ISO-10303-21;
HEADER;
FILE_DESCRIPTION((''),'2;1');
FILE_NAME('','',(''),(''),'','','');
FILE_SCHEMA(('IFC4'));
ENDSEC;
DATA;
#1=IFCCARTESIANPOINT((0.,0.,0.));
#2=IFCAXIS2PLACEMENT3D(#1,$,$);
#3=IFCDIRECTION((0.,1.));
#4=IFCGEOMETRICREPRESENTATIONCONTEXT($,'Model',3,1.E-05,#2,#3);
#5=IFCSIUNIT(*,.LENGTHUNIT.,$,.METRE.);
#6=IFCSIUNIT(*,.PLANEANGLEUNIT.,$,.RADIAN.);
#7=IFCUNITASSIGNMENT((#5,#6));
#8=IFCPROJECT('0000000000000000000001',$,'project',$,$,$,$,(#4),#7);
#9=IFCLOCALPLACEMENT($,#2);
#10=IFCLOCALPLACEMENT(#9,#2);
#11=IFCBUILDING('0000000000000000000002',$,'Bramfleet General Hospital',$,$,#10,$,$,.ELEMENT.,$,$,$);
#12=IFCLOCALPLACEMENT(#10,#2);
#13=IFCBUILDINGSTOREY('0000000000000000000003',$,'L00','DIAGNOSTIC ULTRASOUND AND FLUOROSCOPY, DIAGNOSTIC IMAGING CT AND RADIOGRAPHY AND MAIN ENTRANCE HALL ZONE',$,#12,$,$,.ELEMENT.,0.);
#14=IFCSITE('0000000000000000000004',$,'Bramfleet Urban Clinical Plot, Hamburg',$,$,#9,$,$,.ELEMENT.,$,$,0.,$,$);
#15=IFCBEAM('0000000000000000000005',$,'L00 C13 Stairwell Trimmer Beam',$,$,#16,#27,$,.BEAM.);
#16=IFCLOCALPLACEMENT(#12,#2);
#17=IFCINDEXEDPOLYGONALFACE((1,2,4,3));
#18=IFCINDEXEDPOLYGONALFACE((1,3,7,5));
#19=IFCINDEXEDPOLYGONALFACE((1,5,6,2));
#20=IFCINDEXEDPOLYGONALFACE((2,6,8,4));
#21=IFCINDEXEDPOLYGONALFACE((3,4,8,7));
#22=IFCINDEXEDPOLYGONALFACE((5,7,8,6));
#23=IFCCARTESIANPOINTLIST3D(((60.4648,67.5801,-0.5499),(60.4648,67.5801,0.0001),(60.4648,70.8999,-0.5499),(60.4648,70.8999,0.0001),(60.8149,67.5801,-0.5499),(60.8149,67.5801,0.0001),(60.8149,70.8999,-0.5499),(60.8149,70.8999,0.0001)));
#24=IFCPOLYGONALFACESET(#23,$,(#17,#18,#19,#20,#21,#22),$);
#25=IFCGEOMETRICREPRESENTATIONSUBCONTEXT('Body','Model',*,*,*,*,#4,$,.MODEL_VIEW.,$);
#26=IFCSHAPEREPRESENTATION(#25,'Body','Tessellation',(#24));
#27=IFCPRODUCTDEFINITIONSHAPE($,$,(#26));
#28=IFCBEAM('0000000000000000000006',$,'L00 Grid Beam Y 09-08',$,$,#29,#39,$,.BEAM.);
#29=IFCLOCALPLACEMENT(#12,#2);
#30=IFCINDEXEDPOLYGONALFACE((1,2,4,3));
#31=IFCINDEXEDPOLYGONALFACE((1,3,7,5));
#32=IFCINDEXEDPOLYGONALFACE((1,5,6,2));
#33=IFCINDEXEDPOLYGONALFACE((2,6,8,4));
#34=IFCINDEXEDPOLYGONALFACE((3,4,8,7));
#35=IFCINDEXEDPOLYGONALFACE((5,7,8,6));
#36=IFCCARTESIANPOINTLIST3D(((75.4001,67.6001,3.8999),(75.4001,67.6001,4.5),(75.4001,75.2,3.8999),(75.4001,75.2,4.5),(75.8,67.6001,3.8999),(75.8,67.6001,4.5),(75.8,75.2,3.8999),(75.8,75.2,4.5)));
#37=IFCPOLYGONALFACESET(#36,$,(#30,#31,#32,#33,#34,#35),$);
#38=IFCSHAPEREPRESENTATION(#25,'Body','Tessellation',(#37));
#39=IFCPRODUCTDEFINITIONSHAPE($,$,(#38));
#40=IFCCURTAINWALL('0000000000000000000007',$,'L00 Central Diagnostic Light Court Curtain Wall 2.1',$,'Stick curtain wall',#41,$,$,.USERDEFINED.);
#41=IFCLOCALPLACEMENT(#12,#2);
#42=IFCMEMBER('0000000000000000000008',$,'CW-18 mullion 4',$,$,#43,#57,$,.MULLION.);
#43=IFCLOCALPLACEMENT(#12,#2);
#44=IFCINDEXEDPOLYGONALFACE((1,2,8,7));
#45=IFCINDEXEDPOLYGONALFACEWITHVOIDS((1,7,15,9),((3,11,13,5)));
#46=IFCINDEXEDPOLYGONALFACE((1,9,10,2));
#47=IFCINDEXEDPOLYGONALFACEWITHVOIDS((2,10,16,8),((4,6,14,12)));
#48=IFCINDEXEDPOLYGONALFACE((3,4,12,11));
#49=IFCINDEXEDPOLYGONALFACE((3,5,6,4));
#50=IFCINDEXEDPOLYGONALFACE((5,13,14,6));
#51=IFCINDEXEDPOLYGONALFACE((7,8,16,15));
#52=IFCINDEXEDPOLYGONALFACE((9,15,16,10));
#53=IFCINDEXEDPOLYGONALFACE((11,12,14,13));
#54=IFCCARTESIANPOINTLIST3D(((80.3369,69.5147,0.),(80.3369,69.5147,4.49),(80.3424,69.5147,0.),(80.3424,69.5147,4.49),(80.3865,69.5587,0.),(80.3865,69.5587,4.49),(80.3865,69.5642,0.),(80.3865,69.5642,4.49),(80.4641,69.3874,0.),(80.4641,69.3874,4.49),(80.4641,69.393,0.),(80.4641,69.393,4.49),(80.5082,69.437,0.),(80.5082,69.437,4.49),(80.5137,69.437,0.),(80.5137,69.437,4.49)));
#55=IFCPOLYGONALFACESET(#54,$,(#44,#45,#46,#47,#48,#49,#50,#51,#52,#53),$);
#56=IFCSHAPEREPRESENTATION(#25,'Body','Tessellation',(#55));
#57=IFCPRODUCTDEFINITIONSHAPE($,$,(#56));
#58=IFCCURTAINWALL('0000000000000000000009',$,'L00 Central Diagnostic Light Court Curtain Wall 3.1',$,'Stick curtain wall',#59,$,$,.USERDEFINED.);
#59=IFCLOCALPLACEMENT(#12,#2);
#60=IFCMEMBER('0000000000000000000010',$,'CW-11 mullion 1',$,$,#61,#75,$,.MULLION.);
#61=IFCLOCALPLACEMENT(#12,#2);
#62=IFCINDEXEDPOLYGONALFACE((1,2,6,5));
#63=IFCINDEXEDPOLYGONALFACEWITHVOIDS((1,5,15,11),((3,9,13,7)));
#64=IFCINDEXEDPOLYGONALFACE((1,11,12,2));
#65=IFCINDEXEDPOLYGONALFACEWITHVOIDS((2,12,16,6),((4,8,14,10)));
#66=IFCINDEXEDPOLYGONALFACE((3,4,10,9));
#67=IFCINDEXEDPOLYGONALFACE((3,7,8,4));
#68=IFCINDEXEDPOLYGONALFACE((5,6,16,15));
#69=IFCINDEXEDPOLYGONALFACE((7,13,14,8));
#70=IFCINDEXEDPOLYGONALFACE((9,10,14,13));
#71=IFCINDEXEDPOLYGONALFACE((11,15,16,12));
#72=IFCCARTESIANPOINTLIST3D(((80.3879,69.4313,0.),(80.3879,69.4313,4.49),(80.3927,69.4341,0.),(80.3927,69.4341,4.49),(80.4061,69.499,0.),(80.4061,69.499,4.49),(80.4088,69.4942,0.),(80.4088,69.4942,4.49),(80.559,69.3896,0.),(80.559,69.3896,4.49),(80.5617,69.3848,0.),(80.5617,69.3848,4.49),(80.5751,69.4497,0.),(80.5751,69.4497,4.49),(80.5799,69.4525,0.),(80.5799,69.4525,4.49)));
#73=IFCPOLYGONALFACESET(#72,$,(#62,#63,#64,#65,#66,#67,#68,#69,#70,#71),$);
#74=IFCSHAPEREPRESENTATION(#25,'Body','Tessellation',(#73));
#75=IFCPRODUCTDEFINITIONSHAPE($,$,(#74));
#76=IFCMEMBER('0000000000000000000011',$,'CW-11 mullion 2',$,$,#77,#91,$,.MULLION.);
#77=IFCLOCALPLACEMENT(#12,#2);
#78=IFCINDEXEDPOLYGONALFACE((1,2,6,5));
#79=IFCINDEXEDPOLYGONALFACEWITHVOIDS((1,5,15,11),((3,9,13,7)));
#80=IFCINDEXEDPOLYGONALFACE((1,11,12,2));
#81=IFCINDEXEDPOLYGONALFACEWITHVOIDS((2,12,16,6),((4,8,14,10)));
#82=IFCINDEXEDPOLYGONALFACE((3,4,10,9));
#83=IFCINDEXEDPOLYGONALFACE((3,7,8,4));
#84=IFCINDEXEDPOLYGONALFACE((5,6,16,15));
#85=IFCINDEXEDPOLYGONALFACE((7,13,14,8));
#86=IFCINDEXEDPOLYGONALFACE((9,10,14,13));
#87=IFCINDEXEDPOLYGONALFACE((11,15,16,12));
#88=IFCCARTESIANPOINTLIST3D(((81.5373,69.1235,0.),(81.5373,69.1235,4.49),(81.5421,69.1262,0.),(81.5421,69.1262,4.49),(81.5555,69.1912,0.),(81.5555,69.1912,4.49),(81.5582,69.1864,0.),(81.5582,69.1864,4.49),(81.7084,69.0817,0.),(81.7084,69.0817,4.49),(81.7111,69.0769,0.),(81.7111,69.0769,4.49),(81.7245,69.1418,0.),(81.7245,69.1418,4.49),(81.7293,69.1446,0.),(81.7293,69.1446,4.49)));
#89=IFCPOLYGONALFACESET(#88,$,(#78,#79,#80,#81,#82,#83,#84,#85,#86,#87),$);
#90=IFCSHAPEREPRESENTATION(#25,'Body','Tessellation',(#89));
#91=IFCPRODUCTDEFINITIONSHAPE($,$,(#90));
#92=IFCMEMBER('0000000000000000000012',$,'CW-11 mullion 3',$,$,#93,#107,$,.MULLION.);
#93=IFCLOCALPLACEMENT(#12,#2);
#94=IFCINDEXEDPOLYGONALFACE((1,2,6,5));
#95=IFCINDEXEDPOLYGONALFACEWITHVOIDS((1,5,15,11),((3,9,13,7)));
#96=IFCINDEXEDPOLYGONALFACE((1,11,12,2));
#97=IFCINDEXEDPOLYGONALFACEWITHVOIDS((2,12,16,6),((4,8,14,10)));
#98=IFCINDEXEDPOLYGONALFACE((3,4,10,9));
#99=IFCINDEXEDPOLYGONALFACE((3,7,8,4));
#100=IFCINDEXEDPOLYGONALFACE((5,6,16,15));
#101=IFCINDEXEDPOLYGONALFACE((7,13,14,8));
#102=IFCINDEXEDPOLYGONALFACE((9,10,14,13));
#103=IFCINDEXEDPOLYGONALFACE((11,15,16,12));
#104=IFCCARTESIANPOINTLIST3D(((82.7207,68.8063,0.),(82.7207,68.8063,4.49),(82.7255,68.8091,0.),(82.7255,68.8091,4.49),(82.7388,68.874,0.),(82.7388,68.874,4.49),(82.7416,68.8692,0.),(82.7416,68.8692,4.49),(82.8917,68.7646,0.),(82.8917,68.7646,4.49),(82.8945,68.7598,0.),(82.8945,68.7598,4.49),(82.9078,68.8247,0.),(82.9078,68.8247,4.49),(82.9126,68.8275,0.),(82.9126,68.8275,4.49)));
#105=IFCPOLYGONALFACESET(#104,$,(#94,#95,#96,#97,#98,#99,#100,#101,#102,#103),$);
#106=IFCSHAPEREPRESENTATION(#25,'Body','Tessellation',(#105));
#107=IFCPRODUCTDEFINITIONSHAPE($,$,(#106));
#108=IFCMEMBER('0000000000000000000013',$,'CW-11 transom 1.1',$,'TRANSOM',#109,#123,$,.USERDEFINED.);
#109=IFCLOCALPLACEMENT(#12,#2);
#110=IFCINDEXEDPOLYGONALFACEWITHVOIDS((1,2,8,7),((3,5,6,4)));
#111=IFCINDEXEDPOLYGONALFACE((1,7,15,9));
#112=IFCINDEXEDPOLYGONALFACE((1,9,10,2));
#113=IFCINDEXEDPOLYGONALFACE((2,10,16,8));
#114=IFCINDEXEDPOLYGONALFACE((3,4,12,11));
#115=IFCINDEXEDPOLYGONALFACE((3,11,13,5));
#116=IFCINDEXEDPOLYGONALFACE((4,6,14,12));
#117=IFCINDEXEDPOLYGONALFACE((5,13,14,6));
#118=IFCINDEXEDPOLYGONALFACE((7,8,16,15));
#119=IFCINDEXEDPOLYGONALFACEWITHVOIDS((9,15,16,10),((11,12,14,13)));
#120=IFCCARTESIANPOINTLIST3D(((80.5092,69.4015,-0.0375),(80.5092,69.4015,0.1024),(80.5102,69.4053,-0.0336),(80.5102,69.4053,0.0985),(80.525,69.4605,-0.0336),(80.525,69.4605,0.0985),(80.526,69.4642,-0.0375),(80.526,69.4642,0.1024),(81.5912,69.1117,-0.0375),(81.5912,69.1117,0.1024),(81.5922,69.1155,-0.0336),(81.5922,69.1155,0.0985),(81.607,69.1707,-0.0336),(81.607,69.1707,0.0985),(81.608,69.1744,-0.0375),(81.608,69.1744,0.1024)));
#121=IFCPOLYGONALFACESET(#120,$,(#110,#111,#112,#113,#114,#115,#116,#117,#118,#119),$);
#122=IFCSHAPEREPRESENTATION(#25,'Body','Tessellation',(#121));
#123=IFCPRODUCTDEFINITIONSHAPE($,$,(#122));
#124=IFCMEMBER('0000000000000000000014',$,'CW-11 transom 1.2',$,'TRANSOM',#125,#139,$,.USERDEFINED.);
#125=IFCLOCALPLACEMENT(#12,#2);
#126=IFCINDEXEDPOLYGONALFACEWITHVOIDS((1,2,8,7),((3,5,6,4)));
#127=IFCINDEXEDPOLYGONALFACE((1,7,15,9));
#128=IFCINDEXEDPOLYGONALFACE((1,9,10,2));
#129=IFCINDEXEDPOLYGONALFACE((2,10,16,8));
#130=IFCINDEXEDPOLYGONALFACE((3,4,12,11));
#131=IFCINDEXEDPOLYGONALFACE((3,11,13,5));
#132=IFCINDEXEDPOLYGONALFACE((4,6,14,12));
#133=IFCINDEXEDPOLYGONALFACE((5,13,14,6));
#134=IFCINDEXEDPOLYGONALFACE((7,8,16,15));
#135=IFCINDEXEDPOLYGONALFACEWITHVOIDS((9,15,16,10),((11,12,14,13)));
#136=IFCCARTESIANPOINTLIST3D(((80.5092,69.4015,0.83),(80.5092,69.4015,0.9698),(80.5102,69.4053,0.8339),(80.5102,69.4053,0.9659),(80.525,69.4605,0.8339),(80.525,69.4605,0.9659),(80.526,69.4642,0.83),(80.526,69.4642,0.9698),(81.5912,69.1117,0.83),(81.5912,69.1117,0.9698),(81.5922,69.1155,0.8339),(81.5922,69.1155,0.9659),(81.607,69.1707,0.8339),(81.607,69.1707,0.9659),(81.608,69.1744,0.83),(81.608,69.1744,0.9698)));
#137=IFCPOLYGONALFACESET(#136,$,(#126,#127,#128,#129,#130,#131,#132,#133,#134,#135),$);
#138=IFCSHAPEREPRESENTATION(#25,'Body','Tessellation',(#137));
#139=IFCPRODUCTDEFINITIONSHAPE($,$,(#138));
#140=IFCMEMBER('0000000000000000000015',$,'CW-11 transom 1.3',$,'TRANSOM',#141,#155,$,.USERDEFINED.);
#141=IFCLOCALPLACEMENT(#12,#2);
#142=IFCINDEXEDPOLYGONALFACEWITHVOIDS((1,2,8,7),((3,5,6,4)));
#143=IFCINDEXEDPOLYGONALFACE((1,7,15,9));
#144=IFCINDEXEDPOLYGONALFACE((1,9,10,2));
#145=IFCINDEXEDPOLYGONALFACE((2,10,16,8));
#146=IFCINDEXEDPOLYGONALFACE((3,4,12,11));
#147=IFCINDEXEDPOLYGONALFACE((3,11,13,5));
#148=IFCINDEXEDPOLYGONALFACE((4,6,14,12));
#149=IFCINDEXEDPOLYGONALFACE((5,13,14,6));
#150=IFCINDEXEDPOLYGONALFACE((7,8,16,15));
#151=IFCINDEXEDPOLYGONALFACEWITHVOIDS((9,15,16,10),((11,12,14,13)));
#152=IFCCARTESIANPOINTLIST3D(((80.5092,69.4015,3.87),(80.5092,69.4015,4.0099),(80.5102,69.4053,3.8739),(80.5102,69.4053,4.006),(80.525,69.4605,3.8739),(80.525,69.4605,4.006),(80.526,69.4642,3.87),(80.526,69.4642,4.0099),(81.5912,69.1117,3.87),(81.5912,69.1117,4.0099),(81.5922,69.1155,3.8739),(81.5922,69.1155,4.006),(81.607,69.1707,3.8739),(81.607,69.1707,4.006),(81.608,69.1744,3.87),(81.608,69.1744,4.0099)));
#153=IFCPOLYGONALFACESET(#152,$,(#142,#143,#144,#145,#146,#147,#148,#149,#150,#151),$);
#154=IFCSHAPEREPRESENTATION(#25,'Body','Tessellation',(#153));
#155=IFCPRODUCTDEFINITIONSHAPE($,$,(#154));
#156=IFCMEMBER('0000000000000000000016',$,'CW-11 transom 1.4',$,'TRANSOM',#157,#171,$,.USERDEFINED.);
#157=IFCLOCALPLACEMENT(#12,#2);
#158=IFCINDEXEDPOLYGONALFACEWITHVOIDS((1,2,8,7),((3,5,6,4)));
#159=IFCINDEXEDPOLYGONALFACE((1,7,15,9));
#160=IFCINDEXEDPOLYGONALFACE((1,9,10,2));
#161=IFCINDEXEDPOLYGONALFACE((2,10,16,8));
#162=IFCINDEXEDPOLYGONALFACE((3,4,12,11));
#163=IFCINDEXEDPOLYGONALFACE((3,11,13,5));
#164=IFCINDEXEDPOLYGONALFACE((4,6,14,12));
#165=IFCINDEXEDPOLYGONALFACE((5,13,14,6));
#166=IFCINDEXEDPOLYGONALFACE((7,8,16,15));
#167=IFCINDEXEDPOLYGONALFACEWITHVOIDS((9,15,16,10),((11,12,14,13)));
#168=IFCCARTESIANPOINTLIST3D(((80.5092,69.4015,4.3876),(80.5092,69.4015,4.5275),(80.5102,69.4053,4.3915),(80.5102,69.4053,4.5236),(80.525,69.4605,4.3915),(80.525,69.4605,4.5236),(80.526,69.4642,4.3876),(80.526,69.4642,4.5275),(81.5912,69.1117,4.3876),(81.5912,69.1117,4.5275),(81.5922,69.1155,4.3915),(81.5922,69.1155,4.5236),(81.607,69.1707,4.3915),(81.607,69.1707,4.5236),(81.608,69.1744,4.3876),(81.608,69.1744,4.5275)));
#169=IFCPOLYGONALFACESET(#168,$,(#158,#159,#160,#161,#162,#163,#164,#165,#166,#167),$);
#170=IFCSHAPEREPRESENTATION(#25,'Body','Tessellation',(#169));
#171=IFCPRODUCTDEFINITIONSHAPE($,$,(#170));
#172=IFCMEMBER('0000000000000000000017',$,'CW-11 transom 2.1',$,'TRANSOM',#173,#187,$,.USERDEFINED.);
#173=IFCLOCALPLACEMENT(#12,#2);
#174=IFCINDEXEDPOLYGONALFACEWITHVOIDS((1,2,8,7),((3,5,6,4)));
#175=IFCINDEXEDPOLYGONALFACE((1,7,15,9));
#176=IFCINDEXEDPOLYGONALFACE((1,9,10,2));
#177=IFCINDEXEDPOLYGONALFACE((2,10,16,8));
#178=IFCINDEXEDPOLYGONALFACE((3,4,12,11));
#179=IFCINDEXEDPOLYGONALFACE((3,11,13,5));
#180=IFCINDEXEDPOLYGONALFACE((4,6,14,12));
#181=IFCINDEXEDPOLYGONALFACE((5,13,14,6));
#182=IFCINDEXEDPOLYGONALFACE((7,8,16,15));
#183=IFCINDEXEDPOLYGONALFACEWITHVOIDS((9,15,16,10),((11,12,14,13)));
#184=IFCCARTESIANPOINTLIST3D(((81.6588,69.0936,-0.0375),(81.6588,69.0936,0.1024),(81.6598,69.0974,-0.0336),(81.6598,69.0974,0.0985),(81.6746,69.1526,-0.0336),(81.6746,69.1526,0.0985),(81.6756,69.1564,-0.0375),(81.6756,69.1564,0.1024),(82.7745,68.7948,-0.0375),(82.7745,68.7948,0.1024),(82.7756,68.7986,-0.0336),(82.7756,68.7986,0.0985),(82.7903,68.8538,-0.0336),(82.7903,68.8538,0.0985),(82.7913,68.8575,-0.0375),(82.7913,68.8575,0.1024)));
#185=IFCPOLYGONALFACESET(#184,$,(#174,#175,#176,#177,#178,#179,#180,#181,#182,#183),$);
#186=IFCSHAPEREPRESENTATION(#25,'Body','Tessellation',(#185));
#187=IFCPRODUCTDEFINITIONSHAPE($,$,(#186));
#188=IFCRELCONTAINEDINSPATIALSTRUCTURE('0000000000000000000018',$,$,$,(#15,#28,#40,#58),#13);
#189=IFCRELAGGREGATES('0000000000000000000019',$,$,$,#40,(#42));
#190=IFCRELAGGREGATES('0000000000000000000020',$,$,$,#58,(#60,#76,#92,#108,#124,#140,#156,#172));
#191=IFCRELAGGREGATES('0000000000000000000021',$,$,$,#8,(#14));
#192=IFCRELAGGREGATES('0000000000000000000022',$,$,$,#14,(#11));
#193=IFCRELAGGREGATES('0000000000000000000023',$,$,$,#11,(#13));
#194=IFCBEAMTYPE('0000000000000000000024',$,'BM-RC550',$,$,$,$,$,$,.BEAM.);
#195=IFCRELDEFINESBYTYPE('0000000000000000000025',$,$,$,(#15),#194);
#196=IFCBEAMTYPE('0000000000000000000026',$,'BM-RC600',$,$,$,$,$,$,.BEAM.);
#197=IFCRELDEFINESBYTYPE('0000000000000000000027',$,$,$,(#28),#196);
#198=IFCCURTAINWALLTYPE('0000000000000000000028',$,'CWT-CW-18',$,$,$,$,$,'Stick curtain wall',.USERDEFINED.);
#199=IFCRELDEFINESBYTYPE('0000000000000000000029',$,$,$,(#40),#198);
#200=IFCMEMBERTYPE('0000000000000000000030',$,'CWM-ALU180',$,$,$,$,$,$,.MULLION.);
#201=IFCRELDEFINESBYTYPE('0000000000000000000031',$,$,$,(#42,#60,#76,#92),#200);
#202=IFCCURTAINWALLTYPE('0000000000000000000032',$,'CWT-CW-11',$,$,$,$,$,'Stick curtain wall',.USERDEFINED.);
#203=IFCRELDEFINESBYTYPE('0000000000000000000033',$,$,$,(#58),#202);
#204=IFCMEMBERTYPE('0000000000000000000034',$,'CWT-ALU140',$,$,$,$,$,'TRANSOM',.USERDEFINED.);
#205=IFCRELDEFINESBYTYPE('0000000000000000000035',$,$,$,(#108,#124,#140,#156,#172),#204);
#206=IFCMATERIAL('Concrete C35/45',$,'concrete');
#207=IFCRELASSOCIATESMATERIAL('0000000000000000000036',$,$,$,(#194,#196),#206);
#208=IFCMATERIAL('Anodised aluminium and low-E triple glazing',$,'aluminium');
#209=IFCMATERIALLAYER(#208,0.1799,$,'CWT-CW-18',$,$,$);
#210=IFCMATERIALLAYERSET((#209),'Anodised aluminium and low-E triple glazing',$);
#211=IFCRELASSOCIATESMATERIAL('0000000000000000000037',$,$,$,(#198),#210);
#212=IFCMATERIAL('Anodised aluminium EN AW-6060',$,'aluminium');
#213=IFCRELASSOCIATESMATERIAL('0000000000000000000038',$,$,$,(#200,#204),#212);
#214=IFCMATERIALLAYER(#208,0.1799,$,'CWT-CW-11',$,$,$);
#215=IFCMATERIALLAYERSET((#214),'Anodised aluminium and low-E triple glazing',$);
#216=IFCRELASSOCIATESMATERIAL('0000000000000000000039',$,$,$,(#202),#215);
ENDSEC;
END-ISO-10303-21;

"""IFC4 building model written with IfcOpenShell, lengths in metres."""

from ifc_helpers import new_model, si_unit, direction, frame, origin, origin_2d, place, context, subcontext, project, spatial, rectangle, hollow_rectangle, extrude, material, layer, layer_set, material_profile, profile_set, type_object, element, aggregate, save


model = new_model("IFC4")

# Units and contexts
model_context = context("Model", 3, precision=1e-05, world=origin(), true_north=direction((0.0, 1.0)))
body_context = subcontext(model_context, "Body", "Model", "MODEL_VIEW")
ifc_project = project(units=[si_unit("LENGTHUNIT", "METRE"), si_unit("PLANEANGLEUNIT", "RADIAN")], contexts=[model_context])

# Site, building, storey
site_placement = place(None, origin())
site = spatial("IfcSite", under=ifc_project, at=site_placement, Name="Bramfleet Urban Clinical Plot, Hamburg", CompositionType="ELEMENT", RefElevation=0.0)
building_placement = place(site_placement, origin())
building = spatial("IfcBuilding", under=site, at=building_placement, Name="Bramfleet General Hospital", CompositionType="ELEMENT")
storey_placement = place(building_placement, origin())
storey = spatial("IfcBuildingStorey", under=building, at=storey_placement, Name="L00", Description="DIAGNOSTIC ULTRASOUND AND FLUOROSCOPY, DIAGNOSTIC IMAGING CT AND RADIOGRAPHY AND MAIN ENTRANCE HALL ZONE", CompositionType="ELEMENT", Elevation=0.0)

# Beams
ifc_material_1 = material(Name="Concrete C35/45", Category="concrete")
ifc_material_profile_1 = material_profile(ifc_material_1, rectangle(XDim=0.3501, YDim=0.55, at=origin_2d()), Name="RC BM 550x350")
ifc_profile_set_1 = profile_set([ifc_material_profile_1], Name="Concrete C35/45")
beam_type_1 = type_object("IfcBeamType", Name="BM-RC550", PredefinedType="BEAM", material=ifc_profile_set_1)
beam_1_placement = place(storey_placement, frame((60.6399, 67.5801, -0.2749), z_axis=(0.0, 1.0, 0.0), x_axis=(-1.0, 0.0, 0.0)))
element("IfcBeam", 1, at=beam_1_placement, inside=storey, type_object=beam_type_1, Name="L00 C13 Stairwell Trimmer Beam", PredefinedType="BEAM", context=body_context, shape_type="SweptSolid", body=[
    extrude(rectangle(XDim=0.3501, YDim=0.55, at=origin_2d()), origin(), (0.0, 0.0, 1.0), 3.3198),
])
ifc_material_profile_2 = material_profile(ifc_material_1, rectangle(XDim=0.3999, YDim=0.6001, at=origin_2d()), Name="RC BM 600x400")
ifc_profile_set_2 = profile_set([ifc_material_profile_2], Name="Concrete C35/45")
beam_type_2 = type_object("IfcBeamType", Name="BM-RC600", PredefinedType="BEAM", material=ifc_profile_set_2)
beam_2_placement = place(storey_placement, frame((75.6001, 67.6001, 4.2), z_axis=(0.0, 1.0, 0.0), x_axis=(-1.0, 0.0, 0.0)))
element("IfcBeam", 2, at=beam_2_placement, inside=storey, type_object=beam_type_2, Name="L00 Grid Beam Y 09-08", PredefinedType="BEAM", context=body_context, shape_type="SweptSolid", body=[
    extrude(rectangle(XDim=0.3999, YDim=0.6001, at=origin_2d()), origin(), (0.0, 0.0, 1.0), 7.5999),
])

# Curtain wall, member
ifc_material_2 = material(Name="Anodised aluminium and low-E triple glazing", Category="aluminium")
ifc_layer_1 = layer(ifc_material_2, 0.1799, Name="CWT-CW-18")
ifc_layer_set_1 = layer_set([ifc_layer_1], Name="Anodised aluminium and low-E triple glazing")
curtain_wall_type_1 = type_object("IfcCurtainWallType", Name="CWT-CW-18", ElementType="Stick curtain wall", PredefinedType="USERDEFINED", material=ifc_layer_set_1)
curtain_wall_1_placement = place(storey_placement, origin())
curtain_wall_1 = element("IfcCurtainWall", 3, at=curtain_wall_1_placement, inside=storey, type_object=curtain_wall_type_1, Name="L00 Central Diagnostic Light Court Curtain Wall 2.1", ObjectType="Stick curtain wall", PredefinedType="USERDEFINED")
ifc_material_3 = material(Name="Anodised aluminium EN AW-6060", Category="aluminium")
ifc_material_profile_3 = material_profile(ifc_material_3, hollow_rectangle(XDim=0.0701, YDim=0.1799, WallThickness=0.0039, at=origin_2d()), Name="ALU 180x70x4.0")
ifc_profile_set_3 = profile_set([ifc_material_profile_3], Name="Anodised aluminium EN AW-6060")
member_type_1 = type_object("IfcMemberType", Name="CWM-ALU180", PredefinedType="MULLION", material=ifc_profile_set_3)
member_1_placement = place(storey_placement, frame((80.4253, 69.4758, 0.0), z_axis=(0.0, 0.0, 1.0), x_axis=(0.707107, 0.707107, 0.0)))
member_1 = element("IfcMember", 4, at=member_1_placement, type_object=member_type_1, Name="CW-18 mullion 4", PredefinedType="MULLION", context=body_context, shape_type="SweptSolid", body=[
    extrude(hollow_rectangle(XDim=0.0701, YDim=0.1799, WallThickness=0.0039, at=origin_2d()), origin(), (0.0, 0.0, 1.0), 4.49),
])
aggregate(curtain_wall_1, [member_1])

# Curtain wall, members
ifc_layer_2 = layer(ifc_material_2, 0.1799, Name="CWT-CW-11")
ifc_layer_set_2 = layer_set([ifc_layer_2], Name="Anodised aluminium and low-E triple glazing")
curtain_wall_type_2 = type_object("IfcCurtainWallType", Name="CWT-CW-11", ElementType="Stick curtain wall", PredefinedType="USERDEFINED", material=ifc_layer_set_2)
curtain_wall_2_placement = place(storey_placement, origin())
curtain_wall_2 = element("IfcCurtainWall", 5, at=curtain_wall_2_placement, inside=storey, type_object=curtain_wall_type_2, Name="L00 Central Diagnostic Light Court Curtain Wall 3.1", ObjectType="Stick curtain wall", PredefinedType="USERDEFINED")
member_2_placement = place(storey_placement, frame((80.4839, 69.4419, 0.0), z_axis=(0.0, 0.0, 1.0), x_axis=(0.258763, 0.965941, 0.0)))
member_2 = element("IfcMember", 6, at=member_2_placement, type_object=member_type_1, Name="CW-11 mullion 1", PredefinedType="MULLION", context=body_context, shape_type="SweptSolid", body=[
    extrude(hollow_rectangle(XDim=0.0701, YDim=0.1799, WallThickness=0.0039, at=origin_2d()), origin(), (0.0, 0.0, 1.0), 4.49),
])
member_3_placement = place(storey_placement, frame((81.6333, 69.134, 0.0), z_axis=(0.0, 0.0, 1.0), x_axis=(0.258763, 0.965941, 0.0)))
member_3 = element("IfcMember", 7, at=member_3_placement, type_object=member_type_1, Name="CW-11 mullion 2", PredefinedType="MULLION", context=body_context, shape_type="SweptSolid", body=[
    extrude(hollow_rectangle(XDim=0.0701, YDim=0.1799, WallThickness=0.0039, at=origin_2d()), origin(), (0.0, 0.0, 1.0), 4.49),
])
member_4_placement = place(storey_placement, frame((82.8167, 68.8169, 0.0), z_axis=(0.0, 0.0, 1.0), x_axis=(0.258763, 0.965941, 0.0)))
member_4 = element("IfcMember", 8, at=member_4_placement, type_object=member_type_1, Name="CW-11 mullion 3", PredefinedType="MULLION", context=body_context, shape_type="SweptSolid", body=[
    extrude(hollow_rectangle(XDim=0.0701, YDim=0.1799, WallThickness=0.0039, at=origin_2d()), origin(), (0.0, 0.0, 1.0), 4.49),
])
ifc_material_profile_4 = material_profile(ifc_material_3, hollow_rectangle(XDim=0.0649, YDim=0.1399, WallThickness=0.0039, at=origin_2d()), Name="ALU 140x65x4.0")
ifc_profile_set_4 = profile_set([ifc_material_profile_4], Name="Anodised aluminium EN AW-6060")
member_type_2 = type_object("IfcMemberType", Name="CWT-ALU140", ElementType="TRANSOM", PredefinedType="USERDEFINED", material=ifc_profile_set_4)
member_5_placement = place(storey_placement, frame((80.5176, 69.4329, 0.0325), z_axis=(0.965956, -0.258707, 0.0), x_axis=(0.258707, 0.965956, 0.0)))
member_5 = element("IfcMember", 9, at=member_5_placement, type_object=member_type_2, Name="CW-11 transom 1.1", ObjectType="TRANSOM", PredefinedType="USERDEFINED", context=body_context, shape_type="SweptSolid", body=[
    extrude(hollow_rectangle(XDim=0.0649, YDim=0.1399, WallThickness=0.0039, at=origin_2d()), origin(), (0.0, 0.0, 1.0), 1.1201),
])
member_6_placement = place(storey_placement, frame((80.5176, 69.4329, 0.8999), z_axis=(0.965956, -0.258707, 0.0), x_axis=(0.258707, 0.965956, 0.0)))
member_6 = element("IfcMember", 10, at=member_6_placement, type_object=member_type_2, Name="CW-11 transom 1.2", ObjectType="TRANSOM", PredefinedType="USERDEFINED", context=body_context, shape_type="SweptSolid", body=[
    extrude(hollow_rectangle(XDim=0.0649, YDim=0.1399, WallThickness=0.0039, at=origin_2d()), origin(), (0.0, 0.0, 1.0), 1.1201),
])
member_7_placement = place(storey_placement, frame((80.5176, 69.4329, 3.9399), z_axis=(0.965956, -0.258707, 0.0), x_axis=(0.258707, 0.965956, 0.0)))
member_7 = element("IfcMember", 11, at=member_7_placement, type_object=member_type_2, Name="CW-11 transom 1.3", ObjectType="TRANSOM", PredefinedType="USERDEFINED", context=body_context, shape_type="SweptSolid", body=[
    extrude(hollow_rectangle(XDim=0.0649, YDim=0.1399, WallThickness=0.0039, at=origin_2d()), origin(), (0.0, 0.0, 1.0), 1.1201),
])
member_8_placement = place(storey_placement, frame((80.5176, 69.4329, 4.4575), z_axis=(0.965956, -0.258707, 0.0), x_axis=(0.258707, 0.965956, 0.0)))
member_8 = element("IfcMember", 12, at=member_8_placement, type_object=member_type_2, Name="CW-11 transom 1.4", ObjectType="TRANSOM", PredefinedType="USERDEFINED", context=body_context, shape_type="SweptSolid", body=[
    extrude(hollow_rectangle(XDim=0.0649, YDim=0.1399, WallThickness=0.0039, at=origin_2d()), origin(), (0.0, 0.0, 1.0), 1.1201),
])
member_9_placement = place(storey_placement, frame((81.6672, 69.125, 0.0325), z_axis=(0.965954, -0.258715, 0.0), x_axis=(0.258715, 0.965954, 0.0)))
member_9 = element("IfcMember", 13, at=member_9_placement, type_object=member_type_2, Name="CW-11 transom 2.1", ObjectType="TRANSOM", PredefinedType="USERDEFINED", context=body_context, shape_type="SweptSolid", body=[
    extrude(hollow_rectangle(XDim=0.0649, YDim=0.1399, WallThickness=0.0039, at=origin_2d()), origin(), (0.0, 0.0, 1.0), 1.155),
])
aggregate(curtain_wall_2, [member_2, member_3, member_4, member_5, member_6, member_7, member_8, member_9])

save(model, "model.ifc")
